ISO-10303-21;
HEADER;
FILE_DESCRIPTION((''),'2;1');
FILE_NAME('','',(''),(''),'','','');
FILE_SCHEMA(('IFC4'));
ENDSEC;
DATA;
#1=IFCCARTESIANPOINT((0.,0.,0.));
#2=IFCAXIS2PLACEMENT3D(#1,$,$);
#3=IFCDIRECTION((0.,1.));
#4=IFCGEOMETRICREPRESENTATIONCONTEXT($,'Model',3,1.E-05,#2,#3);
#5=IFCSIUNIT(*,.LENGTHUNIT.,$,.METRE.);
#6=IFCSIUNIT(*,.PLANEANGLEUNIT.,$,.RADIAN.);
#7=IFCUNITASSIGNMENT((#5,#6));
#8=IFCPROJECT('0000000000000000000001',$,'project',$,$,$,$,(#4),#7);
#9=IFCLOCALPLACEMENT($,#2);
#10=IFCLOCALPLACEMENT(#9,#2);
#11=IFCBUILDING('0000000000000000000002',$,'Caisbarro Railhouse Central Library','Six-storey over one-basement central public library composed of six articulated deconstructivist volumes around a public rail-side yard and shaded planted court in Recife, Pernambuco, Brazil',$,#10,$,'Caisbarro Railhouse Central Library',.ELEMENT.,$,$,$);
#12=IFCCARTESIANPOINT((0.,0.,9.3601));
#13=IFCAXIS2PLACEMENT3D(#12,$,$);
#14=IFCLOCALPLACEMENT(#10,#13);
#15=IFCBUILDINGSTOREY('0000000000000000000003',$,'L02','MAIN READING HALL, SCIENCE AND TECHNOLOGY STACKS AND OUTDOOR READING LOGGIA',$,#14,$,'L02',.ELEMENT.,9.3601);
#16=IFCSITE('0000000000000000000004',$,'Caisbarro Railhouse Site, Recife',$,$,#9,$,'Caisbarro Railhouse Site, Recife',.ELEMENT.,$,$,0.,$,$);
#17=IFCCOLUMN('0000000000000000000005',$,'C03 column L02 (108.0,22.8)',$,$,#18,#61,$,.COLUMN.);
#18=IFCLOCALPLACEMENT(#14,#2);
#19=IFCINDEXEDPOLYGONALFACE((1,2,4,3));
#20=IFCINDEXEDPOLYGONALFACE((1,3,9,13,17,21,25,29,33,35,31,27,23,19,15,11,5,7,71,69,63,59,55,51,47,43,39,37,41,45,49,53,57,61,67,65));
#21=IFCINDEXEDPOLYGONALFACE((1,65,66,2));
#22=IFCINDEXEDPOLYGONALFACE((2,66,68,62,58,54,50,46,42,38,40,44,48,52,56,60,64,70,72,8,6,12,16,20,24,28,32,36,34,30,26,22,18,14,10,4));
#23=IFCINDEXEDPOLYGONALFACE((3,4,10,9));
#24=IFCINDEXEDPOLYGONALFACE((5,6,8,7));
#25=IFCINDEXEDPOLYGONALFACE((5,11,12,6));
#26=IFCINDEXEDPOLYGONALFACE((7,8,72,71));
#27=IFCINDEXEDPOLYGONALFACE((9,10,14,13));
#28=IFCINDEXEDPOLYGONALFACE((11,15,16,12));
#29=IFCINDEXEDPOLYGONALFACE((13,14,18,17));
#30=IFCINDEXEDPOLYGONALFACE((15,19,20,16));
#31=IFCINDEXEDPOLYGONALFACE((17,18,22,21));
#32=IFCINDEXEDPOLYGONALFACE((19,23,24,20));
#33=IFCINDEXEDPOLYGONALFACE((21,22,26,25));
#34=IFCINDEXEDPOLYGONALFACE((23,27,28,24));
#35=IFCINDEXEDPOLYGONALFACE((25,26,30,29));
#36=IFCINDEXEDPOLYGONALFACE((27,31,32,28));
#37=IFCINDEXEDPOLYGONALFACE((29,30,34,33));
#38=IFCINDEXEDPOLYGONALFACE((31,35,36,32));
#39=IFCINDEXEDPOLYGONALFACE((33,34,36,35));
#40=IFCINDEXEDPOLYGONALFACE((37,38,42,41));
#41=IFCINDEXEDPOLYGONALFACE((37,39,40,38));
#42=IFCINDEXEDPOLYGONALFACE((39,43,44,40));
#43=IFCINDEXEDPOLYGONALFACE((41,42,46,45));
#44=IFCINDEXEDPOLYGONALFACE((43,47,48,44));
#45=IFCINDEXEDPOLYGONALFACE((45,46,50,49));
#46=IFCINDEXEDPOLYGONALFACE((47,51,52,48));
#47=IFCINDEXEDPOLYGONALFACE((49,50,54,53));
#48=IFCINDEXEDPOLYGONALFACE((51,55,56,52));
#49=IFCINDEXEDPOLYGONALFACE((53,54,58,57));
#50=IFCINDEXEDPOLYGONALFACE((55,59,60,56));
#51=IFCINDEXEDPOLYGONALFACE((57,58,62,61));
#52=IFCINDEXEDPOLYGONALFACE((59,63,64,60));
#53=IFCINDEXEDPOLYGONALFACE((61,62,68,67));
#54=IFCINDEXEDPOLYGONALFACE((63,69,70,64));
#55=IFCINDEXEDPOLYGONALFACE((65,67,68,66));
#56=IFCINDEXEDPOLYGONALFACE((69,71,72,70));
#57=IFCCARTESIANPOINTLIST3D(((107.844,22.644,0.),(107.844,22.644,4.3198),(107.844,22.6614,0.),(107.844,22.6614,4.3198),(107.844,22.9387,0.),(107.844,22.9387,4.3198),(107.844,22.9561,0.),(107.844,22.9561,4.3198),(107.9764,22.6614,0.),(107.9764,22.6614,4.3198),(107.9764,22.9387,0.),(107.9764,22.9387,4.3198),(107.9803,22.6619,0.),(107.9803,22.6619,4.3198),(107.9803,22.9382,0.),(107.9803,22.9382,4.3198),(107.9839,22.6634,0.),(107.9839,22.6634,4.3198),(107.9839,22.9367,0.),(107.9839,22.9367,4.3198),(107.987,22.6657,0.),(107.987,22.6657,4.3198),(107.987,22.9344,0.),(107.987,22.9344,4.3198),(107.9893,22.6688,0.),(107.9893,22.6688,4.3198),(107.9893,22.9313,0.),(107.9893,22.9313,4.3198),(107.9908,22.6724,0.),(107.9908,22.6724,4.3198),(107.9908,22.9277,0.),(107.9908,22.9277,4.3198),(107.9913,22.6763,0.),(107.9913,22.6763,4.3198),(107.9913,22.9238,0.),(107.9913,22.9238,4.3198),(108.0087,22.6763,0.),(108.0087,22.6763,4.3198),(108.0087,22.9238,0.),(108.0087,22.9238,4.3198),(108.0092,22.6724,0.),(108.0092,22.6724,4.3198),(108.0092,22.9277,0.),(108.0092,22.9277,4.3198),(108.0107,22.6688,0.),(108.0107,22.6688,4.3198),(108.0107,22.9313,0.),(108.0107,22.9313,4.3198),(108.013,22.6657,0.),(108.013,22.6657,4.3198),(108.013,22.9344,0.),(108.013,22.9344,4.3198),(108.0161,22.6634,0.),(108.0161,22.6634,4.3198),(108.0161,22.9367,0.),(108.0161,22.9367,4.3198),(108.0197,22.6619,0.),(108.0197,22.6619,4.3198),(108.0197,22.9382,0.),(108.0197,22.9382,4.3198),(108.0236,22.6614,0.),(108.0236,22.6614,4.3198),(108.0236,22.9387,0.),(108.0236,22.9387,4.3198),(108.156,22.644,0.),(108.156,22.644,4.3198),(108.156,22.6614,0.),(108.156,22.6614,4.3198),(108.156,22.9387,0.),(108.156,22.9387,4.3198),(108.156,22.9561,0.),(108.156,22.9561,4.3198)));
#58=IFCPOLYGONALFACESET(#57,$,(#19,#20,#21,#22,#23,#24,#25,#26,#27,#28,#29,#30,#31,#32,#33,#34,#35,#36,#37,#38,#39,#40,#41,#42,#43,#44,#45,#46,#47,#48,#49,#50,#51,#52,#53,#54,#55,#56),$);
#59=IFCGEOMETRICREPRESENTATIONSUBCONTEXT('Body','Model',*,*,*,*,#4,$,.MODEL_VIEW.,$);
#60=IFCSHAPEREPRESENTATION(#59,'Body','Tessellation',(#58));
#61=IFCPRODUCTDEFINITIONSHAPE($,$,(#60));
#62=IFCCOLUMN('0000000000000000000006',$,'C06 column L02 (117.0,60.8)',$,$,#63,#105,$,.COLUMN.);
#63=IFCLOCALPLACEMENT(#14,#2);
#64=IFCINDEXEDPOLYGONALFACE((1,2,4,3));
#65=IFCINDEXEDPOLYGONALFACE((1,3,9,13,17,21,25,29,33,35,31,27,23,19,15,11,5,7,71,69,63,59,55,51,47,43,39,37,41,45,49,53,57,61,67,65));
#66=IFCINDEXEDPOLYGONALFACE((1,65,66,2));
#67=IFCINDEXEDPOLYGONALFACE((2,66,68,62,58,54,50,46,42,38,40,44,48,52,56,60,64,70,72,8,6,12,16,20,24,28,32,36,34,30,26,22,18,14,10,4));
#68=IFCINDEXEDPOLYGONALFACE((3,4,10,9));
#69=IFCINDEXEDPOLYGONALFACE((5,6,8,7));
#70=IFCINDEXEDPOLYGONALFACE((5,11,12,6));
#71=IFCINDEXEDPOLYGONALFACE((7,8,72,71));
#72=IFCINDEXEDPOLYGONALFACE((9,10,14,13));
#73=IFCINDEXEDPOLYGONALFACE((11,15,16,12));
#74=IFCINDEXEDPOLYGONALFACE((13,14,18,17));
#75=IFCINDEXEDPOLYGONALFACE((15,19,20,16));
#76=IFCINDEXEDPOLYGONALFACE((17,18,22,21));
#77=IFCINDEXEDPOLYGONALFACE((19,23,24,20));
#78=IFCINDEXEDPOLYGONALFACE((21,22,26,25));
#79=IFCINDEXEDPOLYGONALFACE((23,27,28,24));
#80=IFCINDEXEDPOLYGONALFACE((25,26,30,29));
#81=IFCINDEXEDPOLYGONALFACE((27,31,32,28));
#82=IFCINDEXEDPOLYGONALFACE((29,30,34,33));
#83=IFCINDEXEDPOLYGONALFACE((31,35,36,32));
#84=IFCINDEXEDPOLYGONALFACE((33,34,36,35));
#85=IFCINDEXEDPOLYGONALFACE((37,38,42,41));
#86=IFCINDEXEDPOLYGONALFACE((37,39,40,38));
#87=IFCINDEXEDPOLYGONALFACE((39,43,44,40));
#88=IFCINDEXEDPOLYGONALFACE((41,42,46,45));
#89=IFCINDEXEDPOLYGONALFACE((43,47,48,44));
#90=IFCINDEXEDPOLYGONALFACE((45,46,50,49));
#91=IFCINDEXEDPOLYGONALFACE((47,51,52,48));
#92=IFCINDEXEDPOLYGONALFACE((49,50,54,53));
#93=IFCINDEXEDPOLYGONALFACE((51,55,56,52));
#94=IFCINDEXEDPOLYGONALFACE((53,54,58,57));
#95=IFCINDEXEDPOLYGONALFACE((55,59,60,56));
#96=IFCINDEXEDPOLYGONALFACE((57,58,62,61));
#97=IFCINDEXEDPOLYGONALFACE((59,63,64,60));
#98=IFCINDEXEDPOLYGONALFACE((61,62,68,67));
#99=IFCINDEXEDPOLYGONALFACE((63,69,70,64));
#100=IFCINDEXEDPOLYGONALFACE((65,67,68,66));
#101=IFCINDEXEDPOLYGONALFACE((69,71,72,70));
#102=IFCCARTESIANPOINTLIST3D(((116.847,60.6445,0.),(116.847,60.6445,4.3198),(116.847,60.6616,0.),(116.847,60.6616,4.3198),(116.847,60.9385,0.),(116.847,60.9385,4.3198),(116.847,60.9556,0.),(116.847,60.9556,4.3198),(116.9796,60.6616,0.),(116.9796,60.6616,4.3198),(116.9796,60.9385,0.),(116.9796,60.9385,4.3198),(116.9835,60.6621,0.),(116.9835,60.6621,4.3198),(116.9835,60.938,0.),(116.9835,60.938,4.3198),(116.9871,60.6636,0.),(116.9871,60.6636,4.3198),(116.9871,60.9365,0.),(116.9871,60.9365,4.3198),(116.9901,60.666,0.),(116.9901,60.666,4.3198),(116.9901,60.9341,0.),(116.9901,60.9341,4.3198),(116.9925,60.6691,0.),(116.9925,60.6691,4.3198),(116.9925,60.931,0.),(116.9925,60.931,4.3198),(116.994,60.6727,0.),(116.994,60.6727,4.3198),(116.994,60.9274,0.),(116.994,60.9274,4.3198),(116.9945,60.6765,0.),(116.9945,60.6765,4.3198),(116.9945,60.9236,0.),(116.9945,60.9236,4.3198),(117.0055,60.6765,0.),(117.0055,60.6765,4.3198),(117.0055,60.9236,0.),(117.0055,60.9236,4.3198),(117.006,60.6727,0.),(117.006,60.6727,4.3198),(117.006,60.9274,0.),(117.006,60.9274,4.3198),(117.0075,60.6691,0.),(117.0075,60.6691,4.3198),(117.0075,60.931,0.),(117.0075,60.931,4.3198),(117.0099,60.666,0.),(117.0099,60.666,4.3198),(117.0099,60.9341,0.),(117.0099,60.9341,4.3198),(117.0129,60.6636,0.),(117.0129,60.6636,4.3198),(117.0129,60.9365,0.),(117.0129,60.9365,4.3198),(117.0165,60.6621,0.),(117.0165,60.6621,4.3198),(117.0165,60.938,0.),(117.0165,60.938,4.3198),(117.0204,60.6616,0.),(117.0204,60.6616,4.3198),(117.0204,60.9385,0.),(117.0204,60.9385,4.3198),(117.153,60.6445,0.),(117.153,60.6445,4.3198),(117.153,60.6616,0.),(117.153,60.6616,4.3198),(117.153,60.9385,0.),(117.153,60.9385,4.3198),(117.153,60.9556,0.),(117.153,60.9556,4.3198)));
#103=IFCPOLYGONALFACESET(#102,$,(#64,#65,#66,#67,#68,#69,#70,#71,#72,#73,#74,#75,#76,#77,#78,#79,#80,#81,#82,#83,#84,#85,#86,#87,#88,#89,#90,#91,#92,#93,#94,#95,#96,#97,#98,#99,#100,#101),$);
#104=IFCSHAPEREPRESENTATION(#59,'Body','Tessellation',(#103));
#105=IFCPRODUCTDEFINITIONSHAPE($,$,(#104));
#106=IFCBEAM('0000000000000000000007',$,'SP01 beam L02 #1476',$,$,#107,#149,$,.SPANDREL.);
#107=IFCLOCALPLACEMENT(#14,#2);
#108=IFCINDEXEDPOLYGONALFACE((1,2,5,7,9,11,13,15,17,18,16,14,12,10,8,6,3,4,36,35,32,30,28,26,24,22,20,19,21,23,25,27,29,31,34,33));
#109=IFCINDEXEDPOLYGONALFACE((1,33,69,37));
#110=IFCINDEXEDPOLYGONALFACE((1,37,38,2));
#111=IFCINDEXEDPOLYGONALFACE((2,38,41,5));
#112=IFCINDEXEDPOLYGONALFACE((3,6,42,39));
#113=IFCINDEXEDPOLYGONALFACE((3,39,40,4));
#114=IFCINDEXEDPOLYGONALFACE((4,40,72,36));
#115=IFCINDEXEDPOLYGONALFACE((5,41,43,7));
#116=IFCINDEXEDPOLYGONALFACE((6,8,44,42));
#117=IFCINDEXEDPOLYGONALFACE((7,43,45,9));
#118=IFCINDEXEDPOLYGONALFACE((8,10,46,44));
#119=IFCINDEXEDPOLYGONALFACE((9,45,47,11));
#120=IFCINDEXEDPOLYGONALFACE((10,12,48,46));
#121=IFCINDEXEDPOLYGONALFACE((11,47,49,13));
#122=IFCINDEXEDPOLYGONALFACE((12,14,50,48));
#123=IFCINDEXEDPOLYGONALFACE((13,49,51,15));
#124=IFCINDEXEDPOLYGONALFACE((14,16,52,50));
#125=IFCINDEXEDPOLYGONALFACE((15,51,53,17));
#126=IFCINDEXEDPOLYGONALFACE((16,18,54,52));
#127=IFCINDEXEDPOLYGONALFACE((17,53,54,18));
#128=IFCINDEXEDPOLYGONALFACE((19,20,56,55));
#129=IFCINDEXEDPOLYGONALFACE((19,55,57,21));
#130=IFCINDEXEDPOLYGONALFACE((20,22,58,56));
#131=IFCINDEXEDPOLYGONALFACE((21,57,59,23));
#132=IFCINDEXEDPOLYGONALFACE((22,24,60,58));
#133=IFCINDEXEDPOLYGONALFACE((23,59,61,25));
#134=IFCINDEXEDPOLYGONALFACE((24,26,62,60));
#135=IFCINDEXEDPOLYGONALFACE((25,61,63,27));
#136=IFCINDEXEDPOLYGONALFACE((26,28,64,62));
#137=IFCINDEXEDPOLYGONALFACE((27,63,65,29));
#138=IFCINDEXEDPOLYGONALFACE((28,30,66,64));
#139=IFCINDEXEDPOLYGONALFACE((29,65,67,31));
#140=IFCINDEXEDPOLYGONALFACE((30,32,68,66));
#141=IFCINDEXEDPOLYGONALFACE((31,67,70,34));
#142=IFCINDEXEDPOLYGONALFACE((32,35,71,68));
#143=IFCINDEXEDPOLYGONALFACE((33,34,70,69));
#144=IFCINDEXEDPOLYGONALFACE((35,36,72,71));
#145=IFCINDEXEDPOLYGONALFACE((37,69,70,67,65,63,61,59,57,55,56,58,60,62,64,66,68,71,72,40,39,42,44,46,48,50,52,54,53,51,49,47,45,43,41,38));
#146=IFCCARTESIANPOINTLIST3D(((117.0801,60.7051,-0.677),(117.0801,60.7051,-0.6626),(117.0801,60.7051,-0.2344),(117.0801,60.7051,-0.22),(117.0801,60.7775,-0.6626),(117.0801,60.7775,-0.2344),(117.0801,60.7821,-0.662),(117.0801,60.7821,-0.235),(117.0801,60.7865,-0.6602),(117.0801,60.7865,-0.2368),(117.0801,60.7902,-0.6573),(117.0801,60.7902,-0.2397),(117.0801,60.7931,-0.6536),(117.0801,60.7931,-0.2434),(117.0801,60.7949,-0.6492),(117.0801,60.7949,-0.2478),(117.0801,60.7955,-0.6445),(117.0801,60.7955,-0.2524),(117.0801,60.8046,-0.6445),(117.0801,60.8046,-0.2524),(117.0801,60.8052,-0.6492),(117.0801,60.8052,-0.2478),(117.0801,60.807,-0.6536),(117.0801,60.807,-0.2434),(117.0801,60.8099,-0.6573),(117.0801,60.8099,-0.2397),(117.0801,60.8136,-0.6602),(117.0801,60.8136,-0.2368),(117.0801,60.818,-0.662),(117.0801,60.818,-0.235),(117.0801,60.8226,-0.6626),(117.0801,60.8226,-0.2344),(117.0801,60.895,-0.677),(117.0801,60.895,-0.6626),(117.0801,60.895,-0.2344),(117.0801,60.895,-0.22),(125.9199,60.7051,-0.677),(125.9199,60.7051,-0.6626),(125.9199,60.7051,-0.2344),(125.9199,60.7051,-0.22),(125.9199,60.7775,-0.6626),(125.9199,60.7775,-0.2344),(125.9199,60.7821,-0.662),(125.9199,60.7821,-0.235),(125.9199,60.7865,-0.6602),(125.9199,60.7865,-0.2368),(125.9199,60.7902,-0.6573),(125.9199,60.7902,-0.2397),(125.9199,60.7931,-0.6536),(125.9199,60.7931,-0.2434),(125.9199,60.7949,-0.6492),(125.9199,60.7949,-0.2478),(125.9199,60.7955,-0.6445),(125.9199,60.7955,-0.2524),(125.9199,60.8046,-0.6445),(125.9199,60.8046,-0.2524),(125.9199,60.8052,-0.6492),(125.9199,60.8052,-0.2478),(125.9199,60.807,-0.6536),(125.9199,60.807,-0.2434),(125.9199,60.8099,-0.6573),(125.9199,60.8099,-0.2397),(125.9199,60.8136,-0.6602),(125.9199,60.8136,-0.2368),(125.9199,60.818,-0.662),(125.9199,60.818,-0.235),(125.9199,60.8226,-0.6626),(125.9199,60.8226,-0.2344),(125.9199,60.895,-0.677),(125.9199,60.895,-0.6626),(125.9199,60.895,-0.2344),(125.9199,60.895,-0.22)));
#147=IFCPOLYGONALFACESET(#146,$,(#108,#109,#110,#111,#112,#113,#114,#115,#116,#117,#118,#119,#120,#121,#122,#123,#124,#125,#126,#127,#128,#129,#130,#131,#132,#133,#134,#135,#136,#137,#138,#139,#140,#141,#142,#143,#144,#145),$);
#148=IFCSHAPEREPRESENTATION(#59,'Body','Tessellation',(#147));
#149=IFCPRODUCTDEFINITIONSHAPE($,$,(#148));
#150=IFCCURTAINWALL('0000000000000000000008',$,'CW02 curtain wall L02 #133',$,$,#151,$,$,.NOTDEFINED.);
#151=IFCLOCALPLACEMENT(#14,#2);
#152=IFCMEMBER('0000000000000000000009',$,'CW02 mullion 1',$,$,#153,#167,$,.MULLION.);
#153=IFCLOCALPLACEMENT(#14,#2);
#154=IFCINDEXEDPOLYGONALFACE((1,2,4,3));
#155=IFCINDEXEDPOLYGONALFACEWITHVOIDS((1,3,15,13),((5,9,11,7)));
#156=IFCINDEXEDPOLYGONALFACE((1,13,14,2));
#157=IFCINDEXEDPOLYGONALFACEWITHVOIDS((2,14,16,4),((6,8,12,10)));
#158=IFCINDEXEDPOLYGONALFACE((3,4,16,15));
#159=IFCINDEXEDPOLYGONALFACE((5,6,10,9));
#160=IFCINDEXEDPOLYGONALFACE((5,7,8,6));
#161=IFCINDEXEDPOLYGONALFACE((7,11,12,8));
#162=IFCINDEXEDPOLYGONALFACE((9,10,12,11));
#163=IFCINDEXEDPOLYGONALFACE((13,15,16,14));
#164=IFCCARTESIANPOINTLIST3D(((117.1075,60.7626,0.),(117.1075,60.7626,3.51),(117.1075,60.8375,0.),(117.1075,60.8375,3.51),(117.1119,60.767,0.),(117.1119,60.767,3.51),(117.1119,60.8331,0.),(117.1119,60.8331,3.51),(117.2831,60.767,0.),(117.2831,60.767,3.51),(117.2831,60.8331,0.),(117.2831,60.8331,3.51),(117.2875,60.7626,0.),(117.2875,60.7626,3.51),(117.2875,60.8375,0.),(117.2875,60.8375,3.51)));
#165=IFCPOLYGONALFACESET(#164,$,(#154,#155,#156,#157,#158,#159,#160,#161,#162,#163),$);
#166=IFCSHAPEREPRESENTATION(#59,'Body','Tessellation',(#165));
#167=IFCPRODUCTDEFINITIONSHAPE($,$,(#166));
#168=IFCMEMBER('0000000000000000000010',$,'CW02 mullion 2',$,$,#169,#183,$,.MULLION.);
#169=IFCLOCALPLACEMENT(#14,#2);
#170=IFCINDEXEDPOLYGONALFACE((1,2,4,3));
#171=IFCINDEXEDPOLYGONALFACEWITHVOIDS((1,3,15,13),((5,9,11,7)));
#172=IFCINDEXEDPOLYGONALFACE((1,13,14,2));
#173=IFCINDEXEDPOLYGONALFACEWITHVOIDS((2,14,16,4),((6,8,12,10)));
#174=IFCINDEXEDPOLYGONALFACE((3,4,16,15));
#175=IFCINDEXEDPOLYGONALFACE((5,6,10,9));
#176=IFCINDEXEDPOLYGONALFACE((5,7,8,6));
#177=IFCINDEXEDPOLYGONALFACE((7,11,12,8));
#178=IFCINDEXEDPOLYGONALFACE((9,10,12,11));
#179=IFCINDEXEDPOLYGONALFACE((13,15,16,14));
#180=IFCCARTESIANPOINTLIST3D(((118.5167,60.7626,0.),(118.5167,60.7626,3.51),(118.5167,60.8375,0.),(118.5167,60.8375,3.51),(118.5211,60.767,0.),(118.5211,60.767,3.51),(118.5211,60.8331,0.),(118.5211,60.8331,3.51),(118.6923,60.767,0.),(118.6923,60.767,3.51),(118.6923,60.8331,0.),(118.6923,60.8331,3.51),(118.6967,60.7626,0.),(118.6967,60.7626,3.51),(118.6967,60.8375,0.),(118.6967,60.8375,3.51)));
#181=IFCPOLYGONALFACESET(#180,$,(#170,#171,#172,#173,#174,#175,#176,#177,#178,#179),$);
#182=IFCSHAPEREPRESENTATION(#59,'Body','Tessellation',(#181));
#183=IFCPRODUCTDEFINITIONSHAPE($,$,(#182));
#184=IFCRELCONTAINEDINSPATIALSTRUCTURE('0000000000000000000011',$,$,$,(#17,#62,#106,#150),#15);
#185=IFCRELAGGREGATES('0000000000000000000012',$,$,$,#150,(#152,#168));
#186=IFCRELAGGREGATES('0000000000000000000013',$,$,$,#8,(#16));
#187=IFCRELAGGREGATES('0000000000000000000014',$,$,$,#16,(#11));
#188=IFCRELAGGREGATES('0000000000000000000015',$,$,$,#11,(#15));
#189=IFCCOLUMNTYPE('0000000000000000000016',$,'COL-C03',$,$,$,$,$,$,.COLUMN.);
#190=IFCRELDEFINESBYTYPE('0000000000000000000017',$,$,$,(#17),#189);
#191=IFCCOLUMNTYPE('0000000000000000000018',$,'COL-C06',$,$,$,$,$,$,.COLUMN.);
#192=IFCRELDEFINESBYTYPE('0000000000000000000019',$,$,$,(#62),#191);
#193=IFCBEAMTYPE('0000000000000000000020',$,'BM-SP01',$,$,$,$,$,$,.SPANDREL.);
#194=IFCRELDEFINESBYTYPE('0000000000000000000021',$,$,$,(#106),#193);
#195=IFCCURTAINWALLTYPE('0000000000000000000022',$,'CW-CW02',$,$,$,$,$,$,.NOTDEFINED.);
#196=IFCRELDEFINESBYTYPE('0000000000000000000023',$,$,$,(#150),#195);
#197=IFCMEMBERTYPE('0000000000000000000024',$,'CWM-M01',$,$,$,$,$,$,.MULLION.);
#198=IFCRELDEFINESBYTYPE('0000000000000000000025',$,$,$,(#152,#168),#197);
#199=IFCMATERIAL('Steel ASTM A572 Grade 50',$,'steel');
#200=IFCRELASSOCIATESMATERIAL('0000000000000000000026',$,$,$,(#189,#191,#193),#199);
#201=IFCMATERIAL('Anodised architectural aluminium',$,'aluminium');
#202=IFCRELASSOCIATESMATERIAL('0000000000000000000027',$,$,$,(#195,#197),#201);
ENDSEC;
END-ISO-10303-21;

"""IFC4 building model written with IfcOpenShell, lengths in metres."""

from ifc_helpers import new_model, si_unit, direction, frame, origin, origin_2d, place, context, subcontext, project, spatial, hollow_rectangle, i_section, extrude, material, material_profile, profile_set, type_object, element, aggregate, save


model = new_model("IFC4")

# Units and contexts
model_context = context("Model", 3, precision=1e-05, world=origin(), true_north=direction((0.0, 1.0)))
body_context = subcontext(model_context, "Body", "Model", "MODEL_VIEW")
ifc_project = project(units=[si_unit("LENGTHUNIT", "METRE"), si_unit("PLANEANGLEUNIT", "RADIAN")], contexts=[model_context])

# Site, building, storey
site_placement = place(None, origin())
site = spatial("IfcSite", under=ifc_project, at=site_placement, Name="Caisbarro Railhouse Site, Recife", LongName="Caisbarro Railhouse Site, Recife", CompositionType="ELEMENT", RefElevation=0.0)
building_placement = place(site_placement, origin())
building = spatial("IfcBuilding", under=site, at=building_placement, Name="Caisbarro Railhouse Central Library", Description="Six-storey over one-basement central public library composed of six articulated deconstructivist volumes around a public rail-side yard and shaded planted court in Recife, Pernambuco, Brazil", LongName="Caisbarro Railhouse Central Library", CompositionType="ELEMENT")
storey_placement = place(building_placement, frame((0.0, 0.0, 9.3601)))
storey = spatial("IfcBuildingStorey", under=building, at=storey_placement, Name="L02", Description="MAIN READING HALL, SCIENCE AND TECHNOLOGY STACKS AND OUTDOOR READING LOGGIA", LongName="L02", CompositionType="ELEMENT", Elevation=9.3601)

# Columns
ifc_material_1 = material(Name="Steel ASTM A572 Grade 50", Category="steel")
ifc_material_profile_1 = material_profile(ifc_material_1, i_section(OverallWidth=0.312, OverallDepth=0.312, WebThickness=0.0173, FlangeThickness=0.0173, FilletRadius=0.0149, at=origin_2d()), Name="HP310X125.0")
ifc_profile_set_1 = profile_set([ifc_material_profile_1], Name="Steel ASTM A572 Grade 50")
column_type_1 = type_object("IfcColumnType", Name="COL-C03", PredefinedType="COLUMN", material=ifc_profile_set_1)
column_1_placement = place(storey_placement, frame((108.0, 22.8, 0.0), z_axis=(0.0, 0.0, 1.0), x_axis=(1.0, 0.0, 0.0)))
element("IfcColumn", 1, at=column_1_placement, inside=storey, type_object=column_type_1, Name="C03 column L02 (108.0,22.8)", PredefinedType="COLUMN", context=body_context, shape_type="SweptSolid", body=[
    extrude(i_section(OverallWidth=0.312, OverallDepth=0.312, WebThickness=0.0173, FlangeThickness=0.0173, FilletRadius=0.0149, at=origin_2d()), origin(), (0.0, 0.0, 1.0), 4.3198),
])
ifc_material_profile_2 = material_profile(ifc_material_1, i_section(OverallWidth=0.3059, OverallDepth=0.311, WebThickness=0.011, FlangeThickness=0.0171, FilletRadius=0.0149, at=origin_2d()), Name="W310X107.0")
ifc_profile_set_2 = profile_set([ifc_material_profile_2], Name="Steel ASTM A572 Grade 50")
column_type_2 = type_object("IfcColumnType", Name="COL-C06", PredefinedType="COLUMN", material=ifc_profile_set_2)
column_2_placement = place(storey_placement, frame((117.0, 60.8, 0.0), z_axis=(0.0, 0.0, 1.0), x_axis=(1.0, 0.0, 0.0)))
element("IfcColumn", 2, at=column_2_placement, inside=storey, type_object=column_type_2, Name="C06 column L02 (117.0,60.8)", PredefinedType="COLUMN", context=body_context, shape_type="SweptSolid", body=[
    extrude(i_section(OverallWidth=0.3059, OverallDepth=0.311, WebThickness=0.011, FlangeThickness=0.0171, FilletRadius=0.0149, at=origin_2d()), origin(), (0.0, 0.0, 1.0), 4.3198),
])

# Beam
ifc_material_profile_3 = material_profile(ifc_material_1, i_section(OverallWidth=0.1899, OverallDepth=0.457, WebThickness=0.009, FlangeThickness=0.0144, FilletRadius=0.0181, at=origin_2d()), Name="W460X74.0")
ifc_profile_set_3 = profile_set([ifc_material_profile_3], Name="Steel ASTM A572 Grade 50")
beam_type = type_object("IfcBeamType", Name="BM-SP01", PredefinedType="SPANDREL", material=ifc_profile_set_3)
beam_placement = place(storey_placement, frame((117.0801, 60.8, -0.4485), z_axis=(1.0, 0.0, 0.0), x_axis=(0.0, 1.0, 0.0)))
element("IfcBeam", 3, at=beam_placement, inside=storey, type_object=beam_type, Name="SP01 beam L02 #1476", PredefinedType="SPANDREL", context=body_context, shape_type="SweptSolid", body=[
    extrude(i_section(OverallWidth=0.1899, OverallDepth=0.457, WebThickness=0.009, FlangeThickness=0.0144, FilletRadius=0.0181, at=origin_2d()), origin(), (0.0, 0.0, 1.0), 8.8398),
])

# Curtain wall, members
ifc_material_2 = material(Name="Anodised architectural aluminium", Category="aluminium")
curtain_wall_type = type_object("IfcCurtainWallType", Name="CW-CW02", PredefinedType="NOTDEFINED", material=ifc_material_2)
curtain_wall_1_placement = place(storey_placement, origin())
curtain_wall_1 = element("IfcCurtainWall", 4, at=curtain_wall_1_placement, inside=storey, type_object=curtain_wall_type, Name="CW02 curtain wall L02 #133", PredefinedType="NOTDEFINED")
ifc_material_profile_4 = material_profile(ifc_material_2, hollow_rectangle(XDim=0.075, YDim=0.1799, WallThickness=0.0044, at=origin_2d()), Name="ALU-MUL-75X180")
ifc_profile_set_4 = profile_set([ifc_material_profile_4], Name="Anodised architectural aluminium")
member_type_1 = type_object("IfcMemberType", Name="CWM-M01", PredefinedType="MULLION", material=ifc_profile_set_4)
member_1_placement = place(storey_placement, frame((117.1975, 60.8, 0.0), z_axis=(0.0, 0.0, 1.0), x_axis=(0.0, 1.0, 0.0)))
member_1 = element("IfcMember", 5, at=member_1_placement, type_object=member_type_1, Name="CW02 mullion 1", PredefinedType="MULLION", context=body_context, shape_type="SweptSolid", body=[
    extrude(hollow_rectangle(XDim=0.075, YDim=0.1799, WallThickness=0.0044, at=origin_2d()), origin(), (0.0, 0.0, 1.0), 3.51),
])
member_2_placement = place(storey_placement, frame((118.6067, 60.8, 0.0), z_axis=(0.0, 0.0, 1.0), x_axis=(0.0, 1.0, 0.0)))
member_2 = element("IfcMember", 6, at=member_2_placement, type_object=member_type_1, Name="CW02 mullion 2", PredefinedType="MULLION", context=body_context, shape_type="SweptSolid", body=[
    extrude(hollow_rectangle(XDim=0.075, YDim=0.1799, WallThickness=0.0044, at=origin_2d()), origin(), (0.0, 0.0, 1.0), 3.51),
])

aggregate(curtain_wall_1, [member_1, member_2])

save(model, "model.ifc")
